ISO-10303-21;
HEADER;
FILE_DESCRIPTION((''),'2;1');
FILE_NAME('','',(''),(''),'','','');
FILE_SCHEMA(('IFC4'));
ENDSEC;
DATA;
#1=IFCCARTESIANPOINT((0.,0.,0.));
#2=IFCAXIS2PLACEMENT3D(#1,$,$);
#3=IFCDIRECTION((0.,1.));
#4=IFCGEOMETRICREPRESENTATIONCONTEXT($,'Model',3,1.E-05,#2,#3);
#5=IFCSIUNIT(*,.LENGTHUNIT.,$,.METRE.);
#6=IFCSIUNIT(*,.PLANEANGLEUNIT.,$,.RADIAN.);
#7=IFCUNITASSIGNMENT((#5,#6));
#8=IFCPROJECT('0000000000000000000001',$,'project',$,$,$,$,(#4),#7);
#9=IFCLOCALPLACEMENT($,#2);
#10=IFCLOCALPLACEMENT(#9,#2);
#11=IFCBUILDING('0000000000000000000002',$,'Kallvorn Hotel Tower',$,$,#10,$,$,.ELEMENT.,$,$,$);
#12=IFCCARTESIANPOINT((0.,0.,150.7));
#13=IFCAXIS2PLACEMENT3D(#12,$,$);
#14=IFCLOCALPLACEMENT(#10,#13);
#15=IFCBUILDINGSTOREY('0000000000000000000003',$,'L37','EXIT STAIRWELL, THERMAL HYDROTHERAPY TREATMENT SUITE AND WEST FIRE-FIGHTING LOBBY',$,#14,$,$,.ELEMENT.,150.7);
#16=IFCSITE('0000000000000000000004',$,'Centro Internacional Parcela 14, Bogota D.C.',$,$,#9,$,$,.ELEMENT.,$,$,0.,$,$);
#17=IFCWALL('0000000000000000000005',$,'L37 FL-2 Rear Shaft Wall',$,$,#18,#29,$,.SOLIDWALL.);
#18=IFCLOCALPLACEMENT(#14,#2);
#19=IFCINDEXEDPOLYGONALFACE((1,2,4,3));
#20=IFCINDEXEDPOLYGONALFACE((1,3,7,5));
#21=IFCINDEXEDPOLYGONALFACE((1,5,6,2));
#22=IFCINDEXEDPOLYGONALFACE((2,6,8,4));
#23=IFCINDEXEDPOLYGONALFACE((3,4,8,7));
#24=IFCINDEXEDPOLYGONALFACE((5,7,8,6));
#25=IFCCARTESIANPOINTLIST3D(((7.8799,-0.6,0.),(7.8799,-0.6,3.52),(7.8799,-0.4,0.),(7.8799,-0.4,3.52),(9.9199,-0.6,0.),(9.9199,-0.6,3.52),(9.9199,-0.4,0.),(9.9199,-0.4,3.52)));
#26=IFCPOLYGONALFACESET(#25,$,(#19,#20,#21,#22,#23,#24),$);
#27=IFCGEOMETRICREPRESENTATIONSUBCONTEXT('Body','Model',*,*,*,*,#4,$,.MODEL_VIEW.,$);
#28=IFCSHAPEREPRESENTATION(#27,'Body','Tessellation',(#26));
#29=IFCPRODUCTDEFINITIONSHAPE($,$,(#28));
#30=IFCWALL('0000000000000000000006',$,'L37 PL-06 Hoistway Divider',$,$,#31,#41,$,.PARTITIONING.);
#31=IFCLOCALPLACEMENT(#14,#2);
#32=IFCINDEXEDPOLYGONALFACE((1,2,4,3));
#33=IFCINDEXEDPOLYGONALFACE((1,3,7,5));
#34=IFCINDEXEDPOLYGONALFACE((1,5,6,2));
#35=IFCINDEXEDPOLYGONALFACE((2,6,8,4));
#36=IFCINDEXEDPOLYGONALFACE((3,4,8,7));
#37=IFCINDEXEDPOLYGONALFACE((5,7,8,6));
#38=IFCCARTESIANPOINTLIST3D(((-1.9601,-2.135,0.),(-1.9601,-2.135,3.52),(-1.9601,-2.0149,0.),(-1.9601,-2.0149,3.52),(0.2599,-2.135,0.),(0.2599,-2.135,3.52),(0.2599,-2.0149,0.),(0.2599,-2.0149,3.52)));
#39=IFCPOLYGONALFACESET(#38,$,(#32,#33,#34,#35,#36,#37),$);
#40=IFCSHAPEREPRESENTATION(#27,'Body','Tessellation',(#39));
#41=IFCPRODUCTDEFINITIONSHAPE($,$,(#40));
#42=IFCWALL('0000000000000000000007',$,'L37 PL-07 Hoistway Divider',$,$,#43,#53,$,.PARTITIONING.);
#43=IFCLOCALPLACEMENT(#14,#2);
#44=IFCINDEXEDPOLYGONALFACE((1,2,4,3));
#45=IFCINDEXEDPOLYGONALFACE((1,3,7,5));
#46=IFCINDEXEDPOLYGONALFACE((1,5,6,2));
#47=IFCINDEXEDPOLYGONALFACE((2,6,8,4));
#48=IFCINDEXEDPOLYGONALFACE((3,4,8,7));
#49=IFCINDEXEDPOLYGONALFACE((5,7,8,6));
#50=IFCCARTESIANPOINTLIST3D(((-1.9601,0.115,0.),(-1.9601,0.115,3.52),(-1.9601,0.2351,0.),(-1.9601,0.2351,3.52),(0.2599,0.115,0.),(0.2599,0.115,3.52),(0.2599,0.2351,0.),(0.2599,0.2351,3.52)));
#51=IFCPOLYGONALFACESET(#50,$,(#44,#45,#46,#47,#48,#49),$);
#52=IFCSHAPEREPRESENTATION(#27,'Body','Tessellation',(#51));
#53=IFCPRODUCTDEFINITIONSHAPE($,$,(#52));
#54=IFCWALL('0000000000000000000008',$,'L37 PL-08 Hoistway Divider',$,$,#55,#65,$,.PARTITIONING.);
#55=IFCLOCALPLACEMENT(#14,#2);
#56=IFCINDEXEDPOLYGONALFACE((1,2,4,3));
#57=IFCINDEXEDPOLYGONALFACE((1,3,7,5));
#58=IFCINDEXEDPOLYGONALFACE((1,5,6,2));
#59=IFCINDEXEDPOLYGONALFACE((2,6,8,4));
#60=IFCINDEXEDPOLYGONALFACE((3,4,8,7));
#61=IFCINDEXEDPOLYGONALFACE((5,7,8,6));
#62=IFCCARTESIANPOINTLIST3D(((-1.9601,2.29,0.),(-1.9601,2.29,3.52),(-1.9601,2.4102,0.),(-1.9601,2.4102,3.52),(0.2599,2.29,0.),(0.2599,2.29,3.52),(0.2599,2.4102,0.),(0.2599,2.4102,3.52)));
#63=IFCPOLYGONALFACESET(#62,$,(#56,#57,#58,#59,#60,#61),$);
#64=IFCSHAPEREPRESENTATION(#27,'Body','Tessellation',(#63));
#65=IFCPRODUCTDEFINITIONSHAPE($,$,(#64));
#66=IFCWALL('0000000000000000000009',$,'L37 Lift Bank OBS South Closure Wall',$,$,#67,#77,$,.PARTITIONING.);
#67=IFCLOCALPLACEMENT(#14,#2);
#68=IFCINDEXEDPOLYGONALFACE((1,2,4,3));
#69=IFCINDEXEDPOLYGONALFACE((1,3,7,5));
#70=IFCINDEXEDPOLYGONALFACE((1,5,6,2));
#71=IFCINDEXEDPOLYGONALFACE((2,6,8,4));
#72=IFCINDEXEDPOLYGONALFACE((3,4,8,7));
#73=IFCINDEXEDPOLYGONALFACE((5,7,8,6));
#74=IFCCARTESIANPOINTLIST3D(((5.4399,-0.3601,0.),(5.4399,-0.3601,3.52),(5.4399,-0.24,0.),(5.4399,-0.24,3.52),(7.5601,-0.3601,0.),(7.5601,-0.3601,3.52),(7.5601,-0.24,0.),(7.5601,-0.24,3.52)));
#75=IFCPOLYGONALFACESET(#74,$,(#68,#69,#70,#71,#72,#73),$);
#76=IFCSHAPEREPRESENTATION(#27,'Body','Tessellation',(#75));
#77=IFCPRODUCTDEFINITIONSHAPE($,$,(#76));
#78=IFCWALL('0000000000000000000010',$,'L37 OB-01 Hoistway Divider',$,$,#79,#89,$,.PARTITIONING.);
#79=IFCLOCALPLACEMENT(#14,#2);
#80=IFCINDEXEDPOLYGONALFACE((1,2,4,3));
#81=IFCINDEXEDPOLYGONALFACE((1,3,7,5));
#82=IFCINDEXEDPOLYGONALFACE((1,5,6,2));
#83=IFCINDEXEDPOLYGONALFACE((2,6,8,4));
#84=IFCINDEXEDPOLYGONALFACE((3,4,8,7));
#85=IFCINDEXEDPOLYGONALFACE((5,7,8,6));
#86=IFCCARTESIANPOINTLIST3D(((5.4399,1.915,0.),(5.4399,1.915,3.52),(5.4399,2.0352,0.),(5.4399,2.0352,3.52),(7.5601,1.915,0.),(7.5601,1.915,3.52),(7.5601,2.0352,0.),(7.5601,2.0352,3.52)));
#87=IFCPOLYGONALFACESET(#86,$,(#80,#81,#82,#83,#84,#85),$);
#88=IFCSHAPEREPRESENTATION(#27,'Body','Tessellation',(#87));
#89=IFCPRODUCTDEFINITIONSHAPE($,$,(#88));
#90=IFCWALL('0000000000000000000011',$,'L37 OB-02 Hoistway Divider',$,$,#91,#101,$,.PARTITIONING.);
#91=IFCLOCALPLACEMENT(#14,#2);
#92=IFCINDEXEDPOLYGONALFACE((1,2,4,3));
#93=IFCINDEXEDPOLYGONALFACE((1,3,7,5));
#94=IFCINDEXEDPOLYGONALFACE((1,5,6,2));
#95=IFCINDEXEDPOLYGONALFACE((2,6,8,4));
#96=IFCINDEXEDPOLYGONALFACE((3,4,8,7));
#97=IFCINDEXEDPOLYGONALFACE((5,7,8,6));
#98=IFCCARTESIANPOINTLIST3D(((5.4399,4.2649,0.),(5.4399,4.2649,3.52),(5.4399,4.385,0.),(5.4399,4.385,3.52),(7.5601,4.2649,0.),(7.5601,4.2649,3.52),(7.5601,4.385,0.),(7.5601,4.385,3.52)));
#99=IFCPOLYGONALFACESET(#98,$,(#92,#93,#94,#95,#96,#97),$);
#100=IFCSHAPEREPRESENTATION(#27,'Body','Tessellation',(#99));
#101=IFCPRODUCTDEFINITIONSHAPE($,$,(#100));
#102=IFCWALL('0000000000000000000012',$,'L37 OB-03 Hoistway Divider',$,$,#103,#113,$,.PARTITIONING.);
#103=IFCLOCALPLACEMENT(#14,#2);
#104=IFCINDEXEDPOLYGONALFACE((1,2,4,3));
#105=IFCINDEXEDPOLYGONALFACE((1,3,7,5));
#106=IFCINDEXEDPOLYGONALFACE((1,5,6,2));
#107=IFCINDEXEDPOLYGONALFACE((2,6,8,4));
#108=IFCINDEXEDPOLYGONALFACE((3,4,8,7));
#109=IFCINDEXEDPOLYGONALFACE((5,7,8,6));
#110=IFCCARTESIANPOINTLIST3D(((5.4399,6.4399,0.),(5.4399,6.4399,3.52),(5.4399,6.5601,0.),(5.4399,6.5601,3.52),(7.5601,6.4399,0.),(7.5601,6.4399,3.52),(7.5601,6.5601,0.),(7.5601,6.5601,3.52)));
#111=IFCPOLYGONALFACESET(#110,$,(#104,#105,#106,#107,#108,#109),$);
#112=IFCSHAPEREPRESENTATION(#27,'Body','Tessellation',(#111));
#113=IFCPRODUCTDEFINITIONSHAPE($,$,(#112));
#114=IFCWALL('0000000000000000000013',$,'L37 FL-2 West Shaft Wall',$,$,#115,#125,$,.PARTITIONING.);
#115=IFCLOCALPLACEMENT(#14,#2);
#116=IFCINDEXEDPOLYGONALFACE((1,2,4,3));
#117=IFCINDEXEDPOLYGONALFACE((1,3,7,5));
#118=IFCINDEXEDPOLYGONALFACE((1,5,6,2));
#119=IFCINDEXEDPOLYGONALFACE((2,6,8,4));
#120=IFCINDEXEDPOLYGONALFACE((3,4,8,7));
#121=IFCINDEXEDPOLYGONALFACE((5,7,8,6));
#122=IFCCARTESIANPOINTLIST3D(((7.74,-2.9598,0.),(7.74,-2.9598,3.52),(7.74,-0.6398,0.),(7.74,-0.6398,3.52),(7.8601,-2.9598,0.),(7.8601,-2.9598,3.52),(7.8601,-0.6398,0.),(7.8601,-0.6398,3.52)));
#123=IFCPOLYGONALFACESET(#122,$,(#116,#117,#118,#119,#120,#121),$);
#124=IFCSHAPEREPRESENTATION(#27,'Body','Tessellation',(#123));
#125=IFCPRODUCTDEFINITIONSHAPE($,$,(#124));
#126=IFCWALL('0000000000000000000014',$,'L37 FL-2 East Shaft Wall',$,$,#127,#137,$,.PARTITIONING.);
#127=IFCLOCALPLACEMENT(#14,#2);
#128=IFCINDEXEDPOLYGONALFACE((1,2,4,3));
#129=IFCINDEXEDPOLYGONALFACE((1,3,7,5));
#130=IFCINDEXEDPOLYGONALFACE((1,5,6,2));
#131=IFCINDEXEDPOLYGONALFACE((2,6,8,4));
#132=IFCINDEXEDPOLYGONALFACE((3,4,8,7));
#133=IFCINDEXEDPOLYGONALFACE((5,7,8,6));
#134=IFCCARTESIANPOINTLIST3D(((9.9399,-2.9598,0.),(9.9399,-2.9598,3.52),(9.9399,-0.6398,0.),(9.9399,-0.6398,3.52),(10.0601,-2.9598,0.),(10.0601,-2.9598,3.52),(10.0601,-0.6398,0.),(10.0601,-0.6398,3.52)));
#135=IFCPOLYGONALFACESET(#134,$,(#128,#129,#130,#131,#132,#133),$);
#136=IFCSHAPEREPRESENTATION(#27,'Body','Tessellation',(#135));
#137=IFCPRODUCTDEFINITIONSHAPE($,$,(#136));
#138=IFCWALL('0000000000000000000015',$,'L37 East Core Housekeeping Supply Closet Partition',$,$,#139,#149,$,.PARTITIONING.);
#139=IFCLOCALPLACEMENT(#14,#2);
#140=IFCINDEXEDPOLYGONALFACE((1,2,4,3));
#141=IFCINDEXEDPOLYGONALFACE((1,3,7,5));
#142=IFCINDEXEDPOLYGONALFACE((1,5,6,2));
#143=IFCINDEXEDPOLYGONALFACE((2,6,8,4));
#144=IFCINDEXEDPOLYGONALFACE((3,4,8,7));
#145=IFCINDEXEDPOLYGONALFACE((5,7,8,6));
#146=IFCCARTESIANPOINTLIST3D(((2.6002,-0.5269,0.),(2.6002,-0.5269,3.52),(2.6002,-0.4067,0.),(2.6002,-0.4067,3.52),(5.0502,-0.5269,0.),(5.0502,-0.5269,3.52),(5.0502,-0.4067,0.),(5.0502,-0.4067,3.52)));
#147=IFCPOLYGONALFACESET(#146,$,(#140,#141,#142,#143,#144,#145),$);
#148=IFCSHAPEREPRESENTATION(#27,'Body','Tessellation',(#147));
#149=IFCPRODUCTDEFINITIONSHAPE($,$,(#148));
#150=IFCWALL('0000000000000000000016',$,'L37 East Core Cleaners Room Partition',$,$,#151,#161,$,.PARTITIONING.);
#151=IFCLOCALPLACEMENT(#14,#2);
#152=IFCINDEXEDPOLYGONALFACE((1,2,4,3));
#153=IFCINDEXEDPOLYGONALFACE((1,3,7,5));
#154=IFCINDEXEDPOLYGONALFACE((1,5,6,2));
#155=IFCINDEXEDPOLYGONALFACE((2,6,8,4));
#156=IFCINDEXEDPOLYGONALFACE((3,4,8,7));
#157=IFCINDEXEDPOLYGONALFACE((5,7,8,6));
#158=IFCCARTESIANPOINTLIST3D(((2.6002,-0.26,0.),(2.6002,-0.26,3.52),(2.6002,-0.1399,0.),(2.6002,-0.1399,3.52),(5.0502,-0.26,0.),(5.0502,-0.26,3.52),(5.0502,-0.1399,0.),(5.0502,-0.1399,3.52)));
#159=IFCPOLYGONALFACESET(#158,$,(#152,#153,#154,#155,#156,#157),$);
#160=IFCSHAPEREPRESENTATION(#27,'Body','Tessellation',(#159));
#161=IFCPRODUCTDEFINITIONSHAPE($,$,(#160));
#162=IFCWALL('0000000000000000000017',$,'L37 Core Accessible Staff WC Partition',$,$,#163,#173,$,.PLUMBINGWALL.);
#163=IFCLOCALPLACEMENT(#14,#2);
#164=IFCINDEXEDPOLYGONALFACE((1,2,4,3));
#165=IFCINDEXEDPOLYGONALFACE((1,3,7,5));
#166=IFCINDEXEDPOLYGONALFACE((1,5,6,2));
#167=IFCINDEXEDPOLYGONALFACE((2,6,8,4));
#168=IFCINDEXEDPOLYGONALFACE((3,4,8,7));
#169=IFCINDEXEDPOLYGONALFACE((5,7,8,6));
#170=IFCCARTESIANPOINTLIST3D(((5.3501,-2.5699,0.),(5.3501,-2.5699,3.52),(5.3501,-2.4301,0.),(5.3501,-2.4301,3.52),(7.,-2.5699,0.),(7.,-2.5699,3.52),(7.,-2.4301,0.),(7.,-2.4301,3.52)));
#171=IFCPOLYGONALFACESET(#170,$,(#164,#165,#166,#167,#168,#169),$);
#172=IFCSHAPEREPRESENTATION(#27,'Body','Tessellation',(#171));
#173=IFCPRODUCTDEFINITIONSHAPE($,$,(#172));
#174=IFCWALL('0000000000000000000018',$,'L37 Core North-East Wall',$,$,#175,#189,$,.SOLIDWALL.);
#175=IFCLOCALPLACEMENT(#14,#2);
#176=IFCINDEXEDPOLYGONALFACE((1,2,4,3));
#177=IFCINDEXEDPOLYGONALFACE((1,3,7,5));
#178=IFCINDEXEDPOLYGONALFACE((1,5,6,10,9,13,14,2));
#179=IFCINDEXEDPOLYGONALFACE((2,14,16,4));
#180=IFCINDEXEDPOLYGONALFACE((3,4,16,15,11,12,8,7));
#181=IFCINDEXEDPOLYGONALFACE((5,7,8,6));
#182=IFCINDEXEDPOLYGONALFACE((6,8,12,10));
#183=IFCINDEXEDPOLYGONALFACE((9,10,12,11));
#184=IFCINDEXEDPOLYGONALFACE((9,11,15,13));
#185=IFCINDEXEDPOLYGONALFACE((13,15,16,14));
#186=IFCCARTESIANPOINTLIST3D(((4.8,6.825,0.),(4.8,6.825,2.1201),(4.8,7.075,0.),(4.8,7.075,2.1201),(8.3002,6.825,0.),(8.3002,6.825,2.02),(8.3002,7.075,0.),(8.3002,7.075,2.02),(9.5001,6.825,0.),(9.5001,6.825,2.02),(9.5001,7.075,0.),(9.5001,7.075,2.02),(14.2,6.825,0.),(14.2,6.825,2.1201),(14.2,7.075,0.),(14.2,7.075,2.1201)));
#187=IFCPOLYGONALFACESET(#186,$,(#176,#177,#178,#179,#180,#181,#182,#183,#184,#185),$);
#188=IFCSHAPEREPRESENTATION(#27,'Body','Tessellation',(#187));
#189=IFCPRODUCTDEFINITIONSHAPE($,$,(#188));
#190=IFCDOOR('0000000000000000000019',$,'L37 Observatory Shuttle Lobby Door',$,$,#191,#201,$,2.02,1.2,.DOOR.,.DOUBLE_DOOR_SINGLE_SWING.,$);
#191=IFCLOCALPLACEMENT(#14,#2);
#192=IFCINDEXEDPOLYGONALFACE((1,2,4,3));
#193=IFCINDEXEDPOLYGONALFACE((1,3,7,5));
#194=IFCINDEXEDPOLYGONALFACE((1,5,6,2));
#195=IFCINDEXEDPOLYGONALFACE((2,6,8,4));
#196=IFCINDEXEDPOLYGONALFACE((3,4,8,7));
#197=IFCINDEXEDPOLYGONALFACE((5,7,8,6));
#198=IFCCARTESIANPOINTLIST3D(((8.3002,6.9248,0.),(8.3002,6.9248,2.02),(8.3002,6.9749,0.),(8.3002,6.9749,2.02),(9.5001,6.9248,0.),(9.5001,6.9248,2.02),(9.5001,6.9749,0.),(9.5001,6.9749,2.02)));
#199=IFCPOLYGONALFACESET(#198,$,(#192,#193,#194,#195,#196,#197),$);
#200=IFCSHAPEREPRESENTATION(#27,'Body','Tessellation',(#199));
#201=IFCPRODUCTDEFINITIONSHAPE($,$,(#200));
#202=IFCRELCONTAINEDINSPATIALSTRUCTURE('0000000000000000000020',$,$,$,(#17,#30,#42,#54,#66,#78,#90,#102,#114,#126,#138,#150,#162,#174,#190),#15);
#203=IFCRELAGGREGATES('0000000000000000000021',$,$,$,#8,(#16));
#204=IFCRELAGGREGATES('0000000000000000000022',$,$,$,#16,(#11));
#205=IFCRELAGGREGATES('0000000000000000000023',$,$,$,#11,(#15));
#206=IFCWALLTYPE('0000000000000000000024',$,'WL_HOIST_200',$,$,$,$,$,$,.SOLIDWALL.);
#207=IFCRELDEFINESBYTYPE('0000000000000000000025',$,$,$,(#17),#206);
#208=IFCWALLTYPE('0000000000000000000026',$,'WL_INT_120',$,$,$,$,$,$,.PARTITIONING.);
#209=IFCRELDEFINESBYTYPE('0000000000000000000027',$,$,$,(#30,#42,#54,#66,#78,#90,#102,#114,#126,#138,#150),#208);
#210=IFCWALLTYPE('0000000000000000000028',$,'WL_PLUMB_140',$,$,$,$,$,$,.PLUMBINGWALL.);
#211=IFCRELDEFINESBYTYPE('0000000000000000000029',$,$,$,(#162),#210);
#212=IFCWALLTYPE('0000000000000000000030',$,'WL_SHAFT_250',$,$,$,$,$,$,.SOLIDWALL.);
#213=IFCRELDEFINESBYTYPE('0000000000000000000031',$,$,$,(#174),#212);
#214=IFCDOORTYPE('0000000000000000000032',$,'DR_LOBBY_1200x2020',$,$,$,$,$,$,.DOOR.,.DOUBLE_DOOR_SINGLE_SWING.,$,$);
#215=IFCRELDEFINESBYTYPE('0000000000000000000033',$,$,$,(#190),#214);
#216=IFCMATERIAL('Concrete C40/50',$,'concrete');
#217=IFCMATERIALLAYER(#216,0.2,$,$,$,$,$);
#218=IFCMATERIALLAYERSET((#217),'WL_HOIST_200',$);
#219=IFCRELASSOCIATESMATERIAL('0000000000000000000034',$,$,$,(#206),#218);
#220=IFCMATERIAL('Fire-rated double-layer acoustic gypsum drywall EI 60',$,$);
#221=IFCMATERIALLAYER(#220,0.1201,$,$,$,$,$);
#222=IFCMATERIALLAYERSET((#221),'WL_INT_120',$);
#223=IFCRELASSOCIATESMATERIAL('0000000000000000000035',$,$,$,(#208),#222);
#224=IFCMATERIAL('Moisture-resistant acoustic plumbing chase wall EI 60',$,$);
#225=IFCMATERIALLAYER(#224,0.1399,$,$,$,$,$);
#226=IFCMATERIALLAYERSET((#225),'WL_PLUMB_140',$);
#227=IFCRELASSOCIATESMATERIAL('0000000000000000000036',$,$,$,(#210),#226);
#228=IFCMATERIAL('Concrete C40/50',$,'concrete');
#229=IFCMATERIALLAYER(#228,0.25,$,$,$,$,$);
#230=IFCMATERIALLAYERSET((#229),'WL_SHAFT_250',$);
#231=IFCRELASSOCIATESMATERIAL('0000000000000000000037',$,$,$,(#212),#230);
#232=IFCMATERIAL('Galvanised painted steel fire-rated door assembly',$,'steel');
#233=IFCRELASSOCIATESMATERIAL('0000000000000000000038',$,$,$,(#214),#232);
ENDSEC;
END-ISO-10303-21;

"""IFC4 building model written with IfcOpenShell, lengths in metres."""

from ifc_helpers import new_model, si_unit, direction, frame, frame_2d, origin, place, context, subcontext, project, spatial, rectangle, extrude, material, layer, layer_set, type_object, element, fill, save


model = new_model("IFC4")

# Units and contexts
model_context = context("Model", 3, precision=1e-05, world=origin(), true_north=direction((0.0, 1.0)))
body_context = subcontext(model_context, "Body", "Model", "MODEL_VIEW")
ifc_project = project(units=[si_unit("LENGTHUNIT", "METRE"), si_unit("PLANEANGLEUNIT", "RADIAN")], contexts=[model_context])

# Site, building, storey
site_placement = place(None, origin())
site = spatial("IfcSite", under=ifc_project, at=site_placement, Name="Centro Internacional Parcela 14, Bogota D.C.", CompositionType="ELEMENT", RefElevation=0.0)
building_placement = place(site_placement, origin())
building = spatial("IfcBuilding", under=site, at=building_placement, Name="Kallvorn Hotel Tower", CompositionType="ELEMENT")
storey_placement = place(building_placement, frame((0.0, 0.0, 150.7)))
storey = spatial("IfcBuildingStorey", under=building, at=storey_placement, Name="L37", Description="EXIT STAIRWELL, THERMAL HYDROTHERAPY TREATMENT SUITE AND WEST FIRE-FIGHTING LOBBY", CompositionType="ELEMENT", Elevation=150.7)

# Shared definitions
ifc_material_1 = material(Name="Concrete C40/50", Category="concrete")
ifc_layer_1 = layer(ifc_material_1, 0.2)
ifc_layer_set_1 = layer_set([ifc_layer_1], Name="WL_HOIST_200")
wall_type_1 = type_object("IfcWallType", Name="WL_HOIST_200", PredefinedType="SOLIDWALL", material=ifc_layer_set_1)

# Walls
wall_1_placement = place(storey_placement, frame((7.8799, -0.5, 0.0), z_axis=(0.0, 0.0, 1.0), x_axis=(1.0, 0.0, 0.0)))
element("IfcWall", 1, at=wall_1_placement, inside=storey, type_object=wall_type_1, Name="L37 FL-2 Rear Shaft Wall", PredefinedType="SOLIDWALL", context=body_context, shape_type="SweptSolid", body=[
    extrude(rectangle(XDim=2.04, YDim=0.2, at=frame_2d((1.02, 0.0))), origin(), (0.0, 0.0, 1.0), 3.52),
])
ifc_material_2 = material(Name="Fire-rated double-layer acoustic gypsum drywall EI 60")
ifc_layer_2 = layer(ifc_material_2, 0.1201)
ifc_layer_set_2 = layer_set([ifc_layer_2], Name="WL_INT_120")
wall_type_2 = type_object("IfcWallType", Name="WL_INT_120", PredefinedType="PARTITIONING", material=ifc_layer_set_2)
for number, where, z_axis, x_axis, name in (
    (2, (-1.96, -2.075, 0.0), (0.0, 0.0, 1.0), (1.0, 0.0, 0.0), "L37 PL-06 Hoistway Divider"),
    (3, (-1.96, 0.175, 0.0), (0.0, 0.0, 1.0), (1.0, 0.0, 0.0), "L37 PL-07 Hoistway Divider"),
    (4, (-1.96, 2.3501, 0.0), (0.0, 0.0, 1.0), (1.0, 0.0, 0.0), "L37 PL-08 Hoistway Divider"),
):
    element("IfcWall", number, at=place(storey_placement, frame(where, z_axis=z_axis, x_axis=x_axis)), inside=storey, type_object=wall_type_2, Name=name, PredefinedType="PARTITIONING", context=body_context, shape_type="SweptSolid", body=[
        extrude(rectangle(XDim=2.22, YDim=0.1201, at=frame_2d((1.1099, 0.0))), origin(), (0.0, 0.0, 1.0), 3.52),
    ])
for number, where, z_axis, x_axis, name in (
    (5, (5.4399, -0.3, 0.0), (0.0, 0.0, 1.0), (1.0, 0.0, 0.0), "L37 Lift Bank OBS South Closure Wall"),
    (6, (5.4399, 1.9751, 0.0), (0.0, 0.0, 1.0), (1.0, 0.0, 0.0), "L37 OB-01 Hoistway Divider"),
    (7, (5.4399, 4.325, 0.0), (0.0, 0.0, 1.0), (1.0, 0.0, 0.0), "L37 OB-02 Hoistway Divider"),
    (8, (5.4399, 6.5, 0.0), (0.0, 0.0, 1.0), (1.0, 0.0, 0.0), "L37 OB-03 Hoistway Divider"),
):
    element("IfcWall", number, at=place(storey_placement, frame(where, z_axis=z_axis, x_axis=x_axis)), inside=storey, type_object=wall_type_2, Name=name, PredefinedType="PARTITIONING", context=body_context, shape_type="SweptSolid", body=[
        extrude(rectangle(XDim=2.1201, YDim=0.1201, at=frame_2d((1.0601, 0.0))), origin(), (0.0, 0.0, 1.0), 3.52),
    ])
for number, where, z_axis, x_axis, name in (
    (9, (7.8, -2.96, 0.0), (0.0, 0.0, 1.0), (0.0, 1.0, 0.0), "L37 FL-2 West Shaft Wall"),
    (10, (10.0, -2.96, 0.0), (0.0, 0.0, 1.0), (0.0, 1.0, 0.0), "L37 FL-2 East Shaft Wall"),
):
    element("IfcWall", number, at=place(storey_placement, frame(where, z_axis=z_axis, x_axis=x_axis)), inside=storey, type_object=wall_type_2, Name=name, PredefinedType="PARTITIONING", context=body_context, shape_type="SweptSolid", body=[
        extrude(rectangle(XDim=2.3201, YDim=0.1201, at=frame_2d((1.1602, 0.0))), origin(), (0.0, 0.0, 1.0), 3.52),
    ])
for number, where, z_axis, x_axis, name in (
    (11, (2.6001, -0.4668, 0.0), (0.0, 0.0, 1.0), (1.0, 0.0, 0.0), "L37 East Core Housekeeping Supply Closet Partition"),
    (12, (2.6001, -0.2, 0.0), (0.0, 0.0, 1.0), (1.0, 0.0, 0.0), "L37 East Core Cleaners Room Partition"),
):
    element("IfcWall", number, at=place(storey_placement, frame(where, z_axis=z_axis, x_axis=x_axis)), inside=storey, type_object=wall_type_2, Name=name, PredefinedType="PARTITIONING", context=body_context, shape_type="SweptSolid", body=[
        extrude(rectangle(XDim=2.45, YDim=0.1201, at=frame_2d((1.2251, 0.0))), origin(), (0.0, 0.0, 1.0), 3.52),
    ])
ifc_material_3 = material(Name="Moisture-resistant acoustic plumbing chase wall EI 60")
ifc_layer_3 = layer(ifc_material_3, 0.1399)
ifc_layer_set_3 = layer_set([ifc_layer_3], Name="WL_PLUMB_140")
wall_type_3 = type_object("IfcWallType", Name="WL_PLUMB_140", PredefinedType="PLUMBINGWALL", material=ifc_layer_set_3)
wall_2_placement = place(storey_placement, frame((5.3501, -2.5, 0.0), z_axis=(0.0, 0.0, 1.0), x_axis=(1.0, 0.0, 0.0)))
element("IfcWall", 13, at=wall_2_placement, inside=storey, type_object=wall_type_3, Name="L37 Core Accessible Staff WC Partition", PredefinedType="PLUMBINGWALL", context=body_context, shape_type="SweptSolid", body=[
    extrude(rectangle(XDim=1.6499, YDim=0.1399, at=frame_2d((0.825, 0.0))), origin(), (0.0, 0.0, 1.0), 3.52),
])

# Wall, opening, door
ifc_material_4 = material(Name="Concrete C40/50", Category="concrete")
ifc_layer_4 = layer(ifc_material_4, 0.25)
ifc_layer_set_4 = layer_set([ifc_layer_4], Name="WL_SHAFT_250")
wall_type_4 = type_object("IfcWallType", Name="WL_SHAFT_250", PredefinedType="SOLIDWALL", material=ifc_layer_set_4)
wall_3_placement = place(storey_placement, frame((4.8, 6.95, 0.0), z_axis=(0.0, 0.0, 1.0), x_axis=(1.0, 0.0, 0.0)))
wall_3 = element("IfcWall", 14, at=wall_3_placement, inside=storey, type_object=wall_type_4, Name="L37 Core North-East Wall", PredefinedType="SOLIDWALL", context=body_context, shape_type="SweptSolid", body=[
    extrude(rectangle(XDim=9.3999, YDim=0.25, at=frame_2d((4.7, 0.0))), origin(), (0.0, 0.0, 1.0), 2.1201),
])
opening_1_placement = place(wall_3_placement, frame((3.5, 0.0, 0.0)))
opening_1 = element("IfcOpeningElement", 15, at=opening_1_placement, cuts=wall_3, PredefinedType="OPENING", context=body_context, shape_type="SweptSolid", body=[
    extrude(rectangle(XDim=1.2, YDim=2.02, at=frame_2d((0.6001, 1.01))), frame((0.0, 0.1399, 0.0), z_axis=(0.0, -1.0, 0.0), x_axis=(1.0, 0.0, 0.0)), (0.0, 0.0, 1.0), 0.28),
])
ifc_material_5 = material(Name="Galvanised painted steel fire-rated door assembly", Category="steel")
door_type_1 = type_object("IfcDoorType", Name="DR_LOBBY_1200x2020", OperationType="DOUBLE_DOOR_SINGLE_SWING", PredefinedType="DOOR", material=ifc_material_5)
door_1_placement = place(opening_1_placement, origin())
door_1 = element("IfcDoor", 16, at=door_1_placement, inside=storey, type_object=door_type_1, Name="L37 Observatory Shuttle Lobby Door", OperationType="DOUBLE_DOOR_SINGLE_SWING", OverallHeight=2.02, OverallWidth=1.2, PredefinedType="DOOR", context=body_context, shape_type="SweptSolid", body=[
    extrude(rectangle(XDim=1.2, YDim=2.02, at=frame_2d((0.6001, 1.01))), frame((0.0, 0.0249, 0.0), z_axis=(0.0, -1.0, 0.0), x_axis=(1.0, 0.0, 0.0)), (0.0, 0.0, 1.0), 0.05),
])
fill(opening_1, door_1)

save(model, "model.ifc")
